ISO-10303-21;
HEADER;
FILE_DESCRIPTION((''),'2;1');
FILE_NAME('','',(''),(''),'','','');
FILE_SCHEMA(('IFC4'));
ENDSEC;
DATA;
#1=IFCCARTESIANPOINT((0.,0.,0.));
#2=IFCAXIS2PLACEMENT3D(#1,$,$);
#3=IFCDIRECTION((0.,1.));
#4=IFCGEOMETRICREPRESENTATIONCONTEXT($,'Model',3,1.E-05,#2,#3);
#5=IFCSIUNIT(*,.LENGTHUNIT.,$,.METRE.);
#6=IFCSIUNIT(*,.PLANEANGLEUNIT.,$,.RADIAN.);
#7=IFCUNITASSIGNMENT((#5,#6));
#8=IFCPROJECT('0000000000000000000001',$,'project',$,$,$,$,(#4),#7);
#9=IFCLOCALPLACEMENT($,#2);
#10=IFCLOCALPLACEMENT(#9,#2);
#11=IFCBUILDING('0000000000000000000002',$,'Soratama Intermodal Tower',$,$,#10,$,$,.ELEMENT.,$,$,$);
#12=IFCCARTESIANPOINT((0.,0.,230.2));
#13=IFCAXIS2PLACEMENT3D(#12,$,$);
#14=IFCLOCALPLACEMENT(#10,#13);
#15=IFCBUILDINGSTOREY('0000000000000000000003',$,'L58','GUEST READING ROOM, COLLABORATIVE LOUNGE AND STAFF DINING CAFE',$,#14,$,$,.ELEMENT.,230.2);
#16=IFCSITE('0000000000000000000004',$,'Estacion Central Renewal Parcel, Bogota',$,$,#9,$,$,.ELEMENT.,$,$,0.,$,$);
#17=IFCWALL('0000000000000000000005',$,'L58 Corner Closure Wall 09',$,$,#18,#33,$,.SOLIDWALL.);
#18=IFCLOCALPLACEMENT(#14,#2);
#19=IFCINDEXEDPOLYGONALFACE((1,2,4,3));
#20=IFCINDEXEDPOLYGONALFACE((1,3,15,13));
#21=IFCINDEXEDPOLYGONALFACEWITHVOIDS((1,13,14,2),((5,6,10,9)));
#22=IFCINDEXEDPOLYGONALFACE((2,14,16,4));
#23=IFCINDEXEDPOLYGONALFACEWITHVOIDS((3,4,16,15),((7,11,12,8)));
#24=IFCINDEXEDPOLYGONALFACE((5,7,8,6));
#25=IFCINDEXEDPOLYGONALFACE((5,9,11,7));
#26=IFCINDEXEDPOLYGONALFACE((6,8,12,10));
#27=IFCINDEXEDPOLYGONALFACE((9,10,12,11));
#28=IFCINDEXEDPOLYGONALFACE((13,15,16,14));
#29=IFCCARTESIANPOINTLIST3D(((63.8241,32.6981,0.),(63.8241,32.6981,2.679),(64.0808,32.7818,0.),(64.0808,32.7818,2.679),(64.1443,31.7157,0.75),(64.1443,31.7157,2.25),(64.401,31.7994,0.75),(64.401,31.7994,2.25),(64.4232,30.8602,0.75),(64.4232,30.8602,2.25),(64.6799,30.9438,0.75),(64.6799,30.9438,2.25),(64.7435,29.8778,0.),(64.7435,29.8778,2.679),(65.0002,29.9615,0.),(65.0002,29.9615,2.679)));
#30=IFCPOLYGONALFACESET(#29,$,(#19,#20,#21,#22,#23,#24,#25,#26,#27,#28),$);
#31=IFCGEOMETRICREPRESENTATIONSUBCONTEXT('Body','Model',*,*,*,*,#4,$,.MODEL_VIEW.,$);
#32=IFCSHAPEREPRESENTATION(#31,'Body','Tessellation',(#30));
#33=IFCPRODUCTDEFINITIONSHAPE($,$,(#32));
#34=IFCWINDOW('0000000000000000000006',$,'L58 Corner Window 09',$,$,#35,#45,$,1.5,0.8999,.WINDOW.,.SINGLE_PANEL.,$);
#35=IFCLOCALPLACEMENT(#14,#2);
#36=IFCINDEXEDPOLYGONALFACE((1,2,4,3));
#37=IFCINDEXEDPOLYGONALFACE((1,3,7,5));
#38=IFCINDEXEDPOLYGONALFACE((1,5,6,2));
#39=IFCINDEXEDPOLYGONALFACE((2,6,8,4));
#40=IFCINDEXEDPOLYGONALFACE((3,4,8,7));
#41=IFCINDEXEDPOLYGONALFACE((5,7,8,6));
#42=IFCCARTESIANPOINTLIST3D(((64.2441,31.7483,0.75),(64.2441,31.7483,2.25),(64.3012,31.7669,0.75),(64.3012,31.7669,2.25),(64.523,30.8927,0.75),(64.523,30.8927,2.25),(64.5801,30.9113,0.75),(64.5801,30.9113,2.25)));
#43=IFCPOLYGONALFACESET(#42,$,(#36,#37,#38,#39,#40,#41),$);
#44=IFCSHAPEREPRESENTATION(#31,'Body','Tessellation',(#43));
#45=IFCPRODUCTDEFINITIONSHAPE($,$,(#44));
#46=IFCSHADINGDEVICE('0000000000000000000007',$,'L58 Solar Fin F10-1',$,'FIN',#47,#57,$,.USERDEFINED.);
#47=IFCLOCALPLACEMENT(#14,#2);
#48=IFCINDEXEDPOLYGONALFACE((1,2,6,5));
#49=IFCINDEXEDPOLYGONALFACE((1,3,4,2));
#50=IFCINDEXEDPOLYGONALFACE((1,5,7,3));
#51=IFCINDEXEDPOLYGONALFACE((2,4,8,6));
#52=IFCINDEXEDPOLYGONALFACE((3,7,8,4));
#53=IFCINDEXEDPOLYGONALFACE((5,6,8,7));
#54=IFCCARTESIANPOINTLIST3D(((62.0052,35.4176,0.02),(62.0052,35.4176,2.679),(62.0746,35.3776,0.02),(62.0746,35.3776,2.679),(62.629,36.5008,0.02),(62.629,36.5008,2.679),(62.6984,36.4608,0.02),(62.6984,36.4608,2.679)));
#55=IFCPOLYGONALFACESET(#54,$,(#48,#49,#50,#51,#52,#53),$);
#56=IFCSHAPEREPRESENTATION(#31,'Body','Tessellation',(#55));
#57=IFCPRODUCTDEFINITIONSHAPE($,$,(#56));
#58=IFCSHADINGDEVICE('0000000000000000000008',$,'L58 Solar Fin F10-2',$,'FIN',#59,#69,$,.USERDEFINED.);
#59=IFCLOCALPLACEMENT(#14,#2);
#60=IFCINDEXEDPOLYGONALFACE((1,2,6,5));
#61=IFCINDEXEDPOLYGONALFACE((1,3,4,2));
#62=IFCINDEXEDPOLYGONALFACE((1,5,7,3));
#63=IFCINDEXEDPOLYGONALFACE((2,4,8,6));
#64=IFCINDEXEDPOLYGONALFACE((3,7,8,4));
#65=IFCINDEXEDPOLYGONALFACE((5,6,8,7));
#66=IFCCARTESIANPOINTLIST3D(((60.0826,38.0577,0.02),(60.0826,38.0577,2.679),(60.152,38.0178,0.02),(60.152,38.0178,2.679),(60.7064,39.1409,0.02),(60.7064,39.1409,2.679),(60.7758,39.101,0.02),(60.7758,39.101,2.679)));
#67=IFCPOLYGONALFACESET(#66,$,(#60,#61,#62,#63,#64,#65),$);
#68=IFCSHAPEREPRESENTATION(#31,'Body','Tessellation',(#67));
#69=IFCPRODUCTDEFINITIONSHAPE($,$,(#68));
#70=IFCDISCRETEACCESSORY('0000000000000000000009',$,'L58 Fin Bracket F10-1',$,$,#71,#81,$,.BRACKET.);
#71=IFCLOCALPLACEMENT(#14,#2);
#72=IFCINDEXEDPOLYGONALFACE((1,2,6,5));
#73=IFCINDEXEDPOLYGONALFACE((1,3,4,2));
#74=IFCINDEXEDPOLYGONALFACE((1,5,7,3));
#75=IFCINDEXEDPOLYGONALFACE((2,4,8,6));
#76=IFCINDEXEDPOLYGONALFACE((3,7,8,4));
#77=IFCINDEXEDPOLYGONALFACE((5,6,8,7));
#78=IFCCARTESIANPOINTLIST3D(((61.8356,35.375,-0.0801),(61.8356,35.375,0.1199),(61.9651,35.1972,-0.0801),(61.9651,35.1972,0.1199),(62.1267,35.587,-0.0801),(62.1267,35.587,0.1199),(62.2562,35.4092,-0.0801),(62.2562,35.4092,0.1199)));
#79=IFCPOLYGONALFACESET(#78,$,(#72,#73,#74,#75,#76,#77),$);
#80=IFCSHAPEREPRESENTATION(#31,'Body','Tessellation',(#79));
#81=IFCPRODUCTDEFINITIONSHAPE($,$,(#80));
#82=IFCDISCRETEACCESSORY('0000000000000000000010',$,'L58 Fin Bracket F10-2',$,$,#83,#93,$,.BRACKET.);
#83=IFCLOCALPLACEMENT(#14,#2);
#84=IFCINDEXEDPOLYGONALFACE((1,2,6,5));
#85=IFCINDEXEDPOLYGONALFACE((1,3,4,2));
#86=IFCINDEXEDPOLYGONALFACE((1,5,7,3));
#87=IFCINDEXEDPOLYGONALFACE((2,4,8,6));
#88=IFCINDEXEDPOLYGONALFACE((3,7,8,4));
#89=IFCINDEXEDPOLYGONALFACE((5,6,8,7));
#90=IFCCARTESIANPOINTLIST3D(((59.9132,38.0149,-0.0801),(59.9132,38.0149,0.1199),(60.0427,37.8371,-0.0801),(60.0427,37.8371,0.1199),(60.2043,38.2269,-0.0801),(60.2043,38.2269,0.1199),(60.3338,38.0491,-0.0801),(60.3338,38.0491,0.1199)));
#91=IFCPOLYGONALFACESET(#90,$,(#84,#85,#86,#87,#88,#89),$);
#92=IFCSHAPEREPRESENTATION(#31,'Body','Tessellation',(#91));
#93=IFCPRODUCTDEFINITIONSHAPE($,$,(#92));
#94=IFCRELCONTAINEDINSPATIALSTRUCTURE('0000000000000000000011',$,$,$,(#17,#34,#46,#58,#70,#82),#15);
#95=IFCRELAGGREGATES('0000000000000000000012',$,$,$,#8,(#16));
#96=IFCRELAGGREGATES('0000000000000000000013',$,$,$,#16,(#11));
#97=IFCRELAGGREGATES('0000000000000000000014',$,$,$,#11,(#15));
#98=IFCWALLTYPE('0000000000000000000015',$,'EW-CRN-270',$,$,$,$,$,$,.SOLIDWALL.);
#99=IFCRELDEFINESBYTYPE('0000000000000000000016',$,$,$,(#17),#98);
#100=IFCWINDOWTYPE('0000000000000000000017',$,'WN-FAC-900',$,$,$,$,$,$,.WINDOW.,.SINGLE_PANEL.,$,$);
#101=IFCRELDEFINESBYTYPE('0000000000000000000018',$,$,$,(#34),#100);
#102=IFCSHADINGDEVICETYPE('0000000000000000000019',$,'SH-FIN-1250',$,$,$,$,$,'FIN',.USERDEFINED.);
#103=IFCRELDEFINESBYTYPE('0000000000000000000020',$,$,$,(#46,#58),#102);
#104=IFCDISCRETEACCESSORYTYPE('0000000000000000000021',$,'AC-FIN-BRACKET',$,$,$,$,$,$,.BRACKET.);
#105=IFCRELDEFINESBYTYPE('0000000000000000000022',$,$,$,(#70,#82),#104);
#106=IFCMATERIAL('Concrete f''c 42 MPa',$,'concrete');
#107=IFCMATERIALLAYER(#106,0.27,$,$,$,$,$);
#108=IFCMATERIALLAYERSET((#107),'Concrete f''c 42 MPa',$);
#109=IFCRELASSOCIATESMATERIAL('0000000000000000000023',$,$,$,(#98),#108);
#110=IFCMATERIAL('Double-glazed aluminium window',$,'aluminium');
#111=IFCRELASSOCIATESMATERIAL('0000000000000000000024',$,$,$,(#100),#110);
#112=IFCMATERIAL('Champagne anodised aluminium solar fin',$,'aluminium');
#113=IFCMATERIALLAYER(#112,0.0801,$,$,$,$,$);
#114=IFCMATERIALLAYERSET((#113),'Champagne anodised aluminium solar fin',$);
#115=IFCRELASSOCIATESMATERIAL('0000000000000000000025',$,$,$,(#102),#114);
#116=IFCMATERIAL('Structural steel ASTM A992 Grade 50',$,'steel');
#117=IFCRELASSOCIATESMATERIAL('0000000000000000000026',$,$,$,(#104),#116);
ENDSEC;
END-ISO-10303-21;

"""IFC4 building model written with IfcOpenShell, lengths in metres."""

from ifc_helpers import new_model, si_unit, direction, frame, frame_2d, origin, origin_2d, place, context, subcontext, project, spatial, rectangle, extrude, material, layer, layer_set, type_object, element, fill, save


model = new_model("IFC4")

# Units and contexts
model_context = context("Model", 3, precision=1e-05, world=origin(), true_north=direction((0.0, 1.0)))
body_context = subcontext(model_context, "Body", "Model", "MODEL_VIEW")
ifc_project = project(units=[si_unit("LENGTHUNIT", "METRE"), si_unit("PLANEANGLEUNIT", "RADIAN")], contexts=[model_context])

# Site, building, storey
site_placement = place(None, origin())
site = spatial("IfcSite", under=ifc_project, at=site_placement, Name="Estacion Central Renewal Parcel, Bogota", CompositionType="ELEMENT", RefElevation=0.0)
building_placement = place(site_placement, origin())
building = spatial("IfcBuilding", under=site, at=building_placement, Name="Soratama Intermodal Tower", CompositionType="ELEMENT")
storey_placement = place(building_placement, frame((0.0, 0.0, 230.2)))
storey = spatial("IfcBuildingStorey", under=building, at=storey_placement, Name="L58", Description="GUEST READING ROOM, COLLABORATIVE LOUNGE AND STAFF DINING CAFE", CompositionType="ELEMENT", Elevation=230.2)

# Wall, opening, window
ifc_material_1 = material(Name="Concrete f'c 42 MPa", Category="concrete")
ifc_layer_1 = layer(ifc_material_1, 0.27)
ifc_layer_set_1 = layer_set([ifc_layer_1], Name="Concrete f'c 42 MPa")
wall_type = type_object("IfcWallType", Name="EW-CRN-270", PredefinedType="SOLIDWALL", material=ifc_layer_set_1)
wall_placement = place(storey_placement, frame((64.8718, 29.9197, 0.0), z_axis=(0.0, 0.0, 1.0), x_axis=(-0.309949, 0.950753, 0.0)))
wall = element("IfcWall", 1, at=wall_placement, inside=storey, type_object=wall_type, Name="L58 Corner Closure Wall 09", PredefinedType="SOLIDWALL", context=body_context, shape_type="SweptSolid", body=[
    extrude(rectangle(XDim=2.9663, YDim=0.27, at=frame_2d((1.4832, 0.0))), origin(), (0.0, 0.0, 1.0), 2.679),
])
opening_placement = place(wall_placement, frame((1.0332, 0.0, 0.75)))
opening = element("IfcOpeningElement", 2, at=opening_placement, cuts=wall, PredefinedType="OPENING", context=body_context, shape_type="SweptSolid", body=[
    extrude(rectangle(XDim=0.8999, YDim=1.5, at=frame_2d((0.45, 0.75))), frame((0.0, 0.145, 0.0), z_axis=(0.0, -1.0, 0.0), x_axis=(1.0, 0.0, 0.0)), (0.0, 0.0, 1.0), 0.29),
])
ifc_material_2 = material(Name="Double-glazed aluminium window", Category="aluminium")
window_type = type_object("IfcWindowType", Name="WN-FAC-900", PartitioningType="SINGLE_PANEL", PredefinedType="WINDOW", material=ifc_material_2)
window_placement = place(opening_placement, origin())
window = element("IfcWindow", 3, at=window_placement, inside=storey, type_object=window_type, Name="L58 Corner Window 09", OverallHeight=1.5, OverallWidth=0.8999, PartitioningType="SINGLE_PANEL", PredefinedType="WINDOW", context=body_context, shape_type="SweptSolid", body=[
    extrude(rectangle(XDim=0.8999, YDim=1.5, at=frame_2d((0.45, 0.75))), frame((0.0, 0.03, 0.0), z_axis=(0.0, -1.0, 0.0), x_axis=(1.0, 0.0, 0.0)), (0.0, 0.0, 1.0), 0.0601),
])
fill(opening, window)

# Shading devices
ifc_material_3 = material(Name="Champagne anodised aluminium solar fin", Category="aluminium")
ifc_layer_2 = layer(ifc_material_3, 0.0801)
ifc_layer_set_2 = layer_set([ifc_layer_2], Name="Champagne anodised aluminium solar fin")
shading_device_type = type_object("IfcShadingDeviceType", Name="SH-FIN-1250", ElementType="FIN", PredefinedType="USERDEFINED", material=ifc_layer_set_2)
for number, where, z_axis, x_axis, name in (
    (4, (62.3518, 35.9392, 0.02), (0.0, 0.0, 1.0), (0.499093, 0.866549, 0.0), "L58 Solar Fin F10-1"),
    (5, (60.4292, 38.5793, 0.02), (0.0, 0.0, 1.0), (0.499093, 0.866549, 0.0), "L58 Solar Fin F10-2"),
):
    element("IfcShadingDevice", number, at=place(storey_placement, frame(where, z_axis=z_axis, x_axis=x_axis)), inside=storey, type_object=shading_device_type, Name=name, ObjectType="FIN", PredefinedType="USERDEFINED", context=body_context, shape_type="SweptSolid", body=[
        extrude(rectangle(XDim=1.25, YDim=0.0801, at=origin_2d()), origin(), (0.0, 0.0, 1.0), 2.6589),
    ])

# Discrete accessories
ifc_material_4 = material(Name="Structural steel ASTM A992 Grade 50", Category="steel")
discrete_accessory_type = type_object("IfcDiscreteAccessoryType", Name="AC-FIN-BRACKET", PredefinedType="BRACKET", material=ifc_material_4)
for number, where, z_axis, x_axis, name in (
    (6, (62.0459, 35.3921, -0.0801), (0.0, 0.0, 1.0), (0.808401, 0.588632, 0.0), "L58 Fin Bracket F10-1"),
    (7, (60.1235, 38.032, -0.0801), (0.0, 0.0, 1.0), (0.808401, 0.588632, 0.0), "L58 Fin Bracket F10-2"),
):
    element("IfcDiscreteAccessory", number, at=place(storey_placement, frame(where, z_axis=z_axis, x_axis=x_axis)), inside=storey, type_object=discrete_accessory_type, Name=name, PredefinedType="BRACKET", context=body_context, shape_type="SweptSolid", body=[
        extrude(rectangle(XDim=0.3601, YDim=0.22, at=origin_2d()), origin(), (0.0, 0.0, 1.0), 0.2),
    ])

save(model, "model.ifc")
